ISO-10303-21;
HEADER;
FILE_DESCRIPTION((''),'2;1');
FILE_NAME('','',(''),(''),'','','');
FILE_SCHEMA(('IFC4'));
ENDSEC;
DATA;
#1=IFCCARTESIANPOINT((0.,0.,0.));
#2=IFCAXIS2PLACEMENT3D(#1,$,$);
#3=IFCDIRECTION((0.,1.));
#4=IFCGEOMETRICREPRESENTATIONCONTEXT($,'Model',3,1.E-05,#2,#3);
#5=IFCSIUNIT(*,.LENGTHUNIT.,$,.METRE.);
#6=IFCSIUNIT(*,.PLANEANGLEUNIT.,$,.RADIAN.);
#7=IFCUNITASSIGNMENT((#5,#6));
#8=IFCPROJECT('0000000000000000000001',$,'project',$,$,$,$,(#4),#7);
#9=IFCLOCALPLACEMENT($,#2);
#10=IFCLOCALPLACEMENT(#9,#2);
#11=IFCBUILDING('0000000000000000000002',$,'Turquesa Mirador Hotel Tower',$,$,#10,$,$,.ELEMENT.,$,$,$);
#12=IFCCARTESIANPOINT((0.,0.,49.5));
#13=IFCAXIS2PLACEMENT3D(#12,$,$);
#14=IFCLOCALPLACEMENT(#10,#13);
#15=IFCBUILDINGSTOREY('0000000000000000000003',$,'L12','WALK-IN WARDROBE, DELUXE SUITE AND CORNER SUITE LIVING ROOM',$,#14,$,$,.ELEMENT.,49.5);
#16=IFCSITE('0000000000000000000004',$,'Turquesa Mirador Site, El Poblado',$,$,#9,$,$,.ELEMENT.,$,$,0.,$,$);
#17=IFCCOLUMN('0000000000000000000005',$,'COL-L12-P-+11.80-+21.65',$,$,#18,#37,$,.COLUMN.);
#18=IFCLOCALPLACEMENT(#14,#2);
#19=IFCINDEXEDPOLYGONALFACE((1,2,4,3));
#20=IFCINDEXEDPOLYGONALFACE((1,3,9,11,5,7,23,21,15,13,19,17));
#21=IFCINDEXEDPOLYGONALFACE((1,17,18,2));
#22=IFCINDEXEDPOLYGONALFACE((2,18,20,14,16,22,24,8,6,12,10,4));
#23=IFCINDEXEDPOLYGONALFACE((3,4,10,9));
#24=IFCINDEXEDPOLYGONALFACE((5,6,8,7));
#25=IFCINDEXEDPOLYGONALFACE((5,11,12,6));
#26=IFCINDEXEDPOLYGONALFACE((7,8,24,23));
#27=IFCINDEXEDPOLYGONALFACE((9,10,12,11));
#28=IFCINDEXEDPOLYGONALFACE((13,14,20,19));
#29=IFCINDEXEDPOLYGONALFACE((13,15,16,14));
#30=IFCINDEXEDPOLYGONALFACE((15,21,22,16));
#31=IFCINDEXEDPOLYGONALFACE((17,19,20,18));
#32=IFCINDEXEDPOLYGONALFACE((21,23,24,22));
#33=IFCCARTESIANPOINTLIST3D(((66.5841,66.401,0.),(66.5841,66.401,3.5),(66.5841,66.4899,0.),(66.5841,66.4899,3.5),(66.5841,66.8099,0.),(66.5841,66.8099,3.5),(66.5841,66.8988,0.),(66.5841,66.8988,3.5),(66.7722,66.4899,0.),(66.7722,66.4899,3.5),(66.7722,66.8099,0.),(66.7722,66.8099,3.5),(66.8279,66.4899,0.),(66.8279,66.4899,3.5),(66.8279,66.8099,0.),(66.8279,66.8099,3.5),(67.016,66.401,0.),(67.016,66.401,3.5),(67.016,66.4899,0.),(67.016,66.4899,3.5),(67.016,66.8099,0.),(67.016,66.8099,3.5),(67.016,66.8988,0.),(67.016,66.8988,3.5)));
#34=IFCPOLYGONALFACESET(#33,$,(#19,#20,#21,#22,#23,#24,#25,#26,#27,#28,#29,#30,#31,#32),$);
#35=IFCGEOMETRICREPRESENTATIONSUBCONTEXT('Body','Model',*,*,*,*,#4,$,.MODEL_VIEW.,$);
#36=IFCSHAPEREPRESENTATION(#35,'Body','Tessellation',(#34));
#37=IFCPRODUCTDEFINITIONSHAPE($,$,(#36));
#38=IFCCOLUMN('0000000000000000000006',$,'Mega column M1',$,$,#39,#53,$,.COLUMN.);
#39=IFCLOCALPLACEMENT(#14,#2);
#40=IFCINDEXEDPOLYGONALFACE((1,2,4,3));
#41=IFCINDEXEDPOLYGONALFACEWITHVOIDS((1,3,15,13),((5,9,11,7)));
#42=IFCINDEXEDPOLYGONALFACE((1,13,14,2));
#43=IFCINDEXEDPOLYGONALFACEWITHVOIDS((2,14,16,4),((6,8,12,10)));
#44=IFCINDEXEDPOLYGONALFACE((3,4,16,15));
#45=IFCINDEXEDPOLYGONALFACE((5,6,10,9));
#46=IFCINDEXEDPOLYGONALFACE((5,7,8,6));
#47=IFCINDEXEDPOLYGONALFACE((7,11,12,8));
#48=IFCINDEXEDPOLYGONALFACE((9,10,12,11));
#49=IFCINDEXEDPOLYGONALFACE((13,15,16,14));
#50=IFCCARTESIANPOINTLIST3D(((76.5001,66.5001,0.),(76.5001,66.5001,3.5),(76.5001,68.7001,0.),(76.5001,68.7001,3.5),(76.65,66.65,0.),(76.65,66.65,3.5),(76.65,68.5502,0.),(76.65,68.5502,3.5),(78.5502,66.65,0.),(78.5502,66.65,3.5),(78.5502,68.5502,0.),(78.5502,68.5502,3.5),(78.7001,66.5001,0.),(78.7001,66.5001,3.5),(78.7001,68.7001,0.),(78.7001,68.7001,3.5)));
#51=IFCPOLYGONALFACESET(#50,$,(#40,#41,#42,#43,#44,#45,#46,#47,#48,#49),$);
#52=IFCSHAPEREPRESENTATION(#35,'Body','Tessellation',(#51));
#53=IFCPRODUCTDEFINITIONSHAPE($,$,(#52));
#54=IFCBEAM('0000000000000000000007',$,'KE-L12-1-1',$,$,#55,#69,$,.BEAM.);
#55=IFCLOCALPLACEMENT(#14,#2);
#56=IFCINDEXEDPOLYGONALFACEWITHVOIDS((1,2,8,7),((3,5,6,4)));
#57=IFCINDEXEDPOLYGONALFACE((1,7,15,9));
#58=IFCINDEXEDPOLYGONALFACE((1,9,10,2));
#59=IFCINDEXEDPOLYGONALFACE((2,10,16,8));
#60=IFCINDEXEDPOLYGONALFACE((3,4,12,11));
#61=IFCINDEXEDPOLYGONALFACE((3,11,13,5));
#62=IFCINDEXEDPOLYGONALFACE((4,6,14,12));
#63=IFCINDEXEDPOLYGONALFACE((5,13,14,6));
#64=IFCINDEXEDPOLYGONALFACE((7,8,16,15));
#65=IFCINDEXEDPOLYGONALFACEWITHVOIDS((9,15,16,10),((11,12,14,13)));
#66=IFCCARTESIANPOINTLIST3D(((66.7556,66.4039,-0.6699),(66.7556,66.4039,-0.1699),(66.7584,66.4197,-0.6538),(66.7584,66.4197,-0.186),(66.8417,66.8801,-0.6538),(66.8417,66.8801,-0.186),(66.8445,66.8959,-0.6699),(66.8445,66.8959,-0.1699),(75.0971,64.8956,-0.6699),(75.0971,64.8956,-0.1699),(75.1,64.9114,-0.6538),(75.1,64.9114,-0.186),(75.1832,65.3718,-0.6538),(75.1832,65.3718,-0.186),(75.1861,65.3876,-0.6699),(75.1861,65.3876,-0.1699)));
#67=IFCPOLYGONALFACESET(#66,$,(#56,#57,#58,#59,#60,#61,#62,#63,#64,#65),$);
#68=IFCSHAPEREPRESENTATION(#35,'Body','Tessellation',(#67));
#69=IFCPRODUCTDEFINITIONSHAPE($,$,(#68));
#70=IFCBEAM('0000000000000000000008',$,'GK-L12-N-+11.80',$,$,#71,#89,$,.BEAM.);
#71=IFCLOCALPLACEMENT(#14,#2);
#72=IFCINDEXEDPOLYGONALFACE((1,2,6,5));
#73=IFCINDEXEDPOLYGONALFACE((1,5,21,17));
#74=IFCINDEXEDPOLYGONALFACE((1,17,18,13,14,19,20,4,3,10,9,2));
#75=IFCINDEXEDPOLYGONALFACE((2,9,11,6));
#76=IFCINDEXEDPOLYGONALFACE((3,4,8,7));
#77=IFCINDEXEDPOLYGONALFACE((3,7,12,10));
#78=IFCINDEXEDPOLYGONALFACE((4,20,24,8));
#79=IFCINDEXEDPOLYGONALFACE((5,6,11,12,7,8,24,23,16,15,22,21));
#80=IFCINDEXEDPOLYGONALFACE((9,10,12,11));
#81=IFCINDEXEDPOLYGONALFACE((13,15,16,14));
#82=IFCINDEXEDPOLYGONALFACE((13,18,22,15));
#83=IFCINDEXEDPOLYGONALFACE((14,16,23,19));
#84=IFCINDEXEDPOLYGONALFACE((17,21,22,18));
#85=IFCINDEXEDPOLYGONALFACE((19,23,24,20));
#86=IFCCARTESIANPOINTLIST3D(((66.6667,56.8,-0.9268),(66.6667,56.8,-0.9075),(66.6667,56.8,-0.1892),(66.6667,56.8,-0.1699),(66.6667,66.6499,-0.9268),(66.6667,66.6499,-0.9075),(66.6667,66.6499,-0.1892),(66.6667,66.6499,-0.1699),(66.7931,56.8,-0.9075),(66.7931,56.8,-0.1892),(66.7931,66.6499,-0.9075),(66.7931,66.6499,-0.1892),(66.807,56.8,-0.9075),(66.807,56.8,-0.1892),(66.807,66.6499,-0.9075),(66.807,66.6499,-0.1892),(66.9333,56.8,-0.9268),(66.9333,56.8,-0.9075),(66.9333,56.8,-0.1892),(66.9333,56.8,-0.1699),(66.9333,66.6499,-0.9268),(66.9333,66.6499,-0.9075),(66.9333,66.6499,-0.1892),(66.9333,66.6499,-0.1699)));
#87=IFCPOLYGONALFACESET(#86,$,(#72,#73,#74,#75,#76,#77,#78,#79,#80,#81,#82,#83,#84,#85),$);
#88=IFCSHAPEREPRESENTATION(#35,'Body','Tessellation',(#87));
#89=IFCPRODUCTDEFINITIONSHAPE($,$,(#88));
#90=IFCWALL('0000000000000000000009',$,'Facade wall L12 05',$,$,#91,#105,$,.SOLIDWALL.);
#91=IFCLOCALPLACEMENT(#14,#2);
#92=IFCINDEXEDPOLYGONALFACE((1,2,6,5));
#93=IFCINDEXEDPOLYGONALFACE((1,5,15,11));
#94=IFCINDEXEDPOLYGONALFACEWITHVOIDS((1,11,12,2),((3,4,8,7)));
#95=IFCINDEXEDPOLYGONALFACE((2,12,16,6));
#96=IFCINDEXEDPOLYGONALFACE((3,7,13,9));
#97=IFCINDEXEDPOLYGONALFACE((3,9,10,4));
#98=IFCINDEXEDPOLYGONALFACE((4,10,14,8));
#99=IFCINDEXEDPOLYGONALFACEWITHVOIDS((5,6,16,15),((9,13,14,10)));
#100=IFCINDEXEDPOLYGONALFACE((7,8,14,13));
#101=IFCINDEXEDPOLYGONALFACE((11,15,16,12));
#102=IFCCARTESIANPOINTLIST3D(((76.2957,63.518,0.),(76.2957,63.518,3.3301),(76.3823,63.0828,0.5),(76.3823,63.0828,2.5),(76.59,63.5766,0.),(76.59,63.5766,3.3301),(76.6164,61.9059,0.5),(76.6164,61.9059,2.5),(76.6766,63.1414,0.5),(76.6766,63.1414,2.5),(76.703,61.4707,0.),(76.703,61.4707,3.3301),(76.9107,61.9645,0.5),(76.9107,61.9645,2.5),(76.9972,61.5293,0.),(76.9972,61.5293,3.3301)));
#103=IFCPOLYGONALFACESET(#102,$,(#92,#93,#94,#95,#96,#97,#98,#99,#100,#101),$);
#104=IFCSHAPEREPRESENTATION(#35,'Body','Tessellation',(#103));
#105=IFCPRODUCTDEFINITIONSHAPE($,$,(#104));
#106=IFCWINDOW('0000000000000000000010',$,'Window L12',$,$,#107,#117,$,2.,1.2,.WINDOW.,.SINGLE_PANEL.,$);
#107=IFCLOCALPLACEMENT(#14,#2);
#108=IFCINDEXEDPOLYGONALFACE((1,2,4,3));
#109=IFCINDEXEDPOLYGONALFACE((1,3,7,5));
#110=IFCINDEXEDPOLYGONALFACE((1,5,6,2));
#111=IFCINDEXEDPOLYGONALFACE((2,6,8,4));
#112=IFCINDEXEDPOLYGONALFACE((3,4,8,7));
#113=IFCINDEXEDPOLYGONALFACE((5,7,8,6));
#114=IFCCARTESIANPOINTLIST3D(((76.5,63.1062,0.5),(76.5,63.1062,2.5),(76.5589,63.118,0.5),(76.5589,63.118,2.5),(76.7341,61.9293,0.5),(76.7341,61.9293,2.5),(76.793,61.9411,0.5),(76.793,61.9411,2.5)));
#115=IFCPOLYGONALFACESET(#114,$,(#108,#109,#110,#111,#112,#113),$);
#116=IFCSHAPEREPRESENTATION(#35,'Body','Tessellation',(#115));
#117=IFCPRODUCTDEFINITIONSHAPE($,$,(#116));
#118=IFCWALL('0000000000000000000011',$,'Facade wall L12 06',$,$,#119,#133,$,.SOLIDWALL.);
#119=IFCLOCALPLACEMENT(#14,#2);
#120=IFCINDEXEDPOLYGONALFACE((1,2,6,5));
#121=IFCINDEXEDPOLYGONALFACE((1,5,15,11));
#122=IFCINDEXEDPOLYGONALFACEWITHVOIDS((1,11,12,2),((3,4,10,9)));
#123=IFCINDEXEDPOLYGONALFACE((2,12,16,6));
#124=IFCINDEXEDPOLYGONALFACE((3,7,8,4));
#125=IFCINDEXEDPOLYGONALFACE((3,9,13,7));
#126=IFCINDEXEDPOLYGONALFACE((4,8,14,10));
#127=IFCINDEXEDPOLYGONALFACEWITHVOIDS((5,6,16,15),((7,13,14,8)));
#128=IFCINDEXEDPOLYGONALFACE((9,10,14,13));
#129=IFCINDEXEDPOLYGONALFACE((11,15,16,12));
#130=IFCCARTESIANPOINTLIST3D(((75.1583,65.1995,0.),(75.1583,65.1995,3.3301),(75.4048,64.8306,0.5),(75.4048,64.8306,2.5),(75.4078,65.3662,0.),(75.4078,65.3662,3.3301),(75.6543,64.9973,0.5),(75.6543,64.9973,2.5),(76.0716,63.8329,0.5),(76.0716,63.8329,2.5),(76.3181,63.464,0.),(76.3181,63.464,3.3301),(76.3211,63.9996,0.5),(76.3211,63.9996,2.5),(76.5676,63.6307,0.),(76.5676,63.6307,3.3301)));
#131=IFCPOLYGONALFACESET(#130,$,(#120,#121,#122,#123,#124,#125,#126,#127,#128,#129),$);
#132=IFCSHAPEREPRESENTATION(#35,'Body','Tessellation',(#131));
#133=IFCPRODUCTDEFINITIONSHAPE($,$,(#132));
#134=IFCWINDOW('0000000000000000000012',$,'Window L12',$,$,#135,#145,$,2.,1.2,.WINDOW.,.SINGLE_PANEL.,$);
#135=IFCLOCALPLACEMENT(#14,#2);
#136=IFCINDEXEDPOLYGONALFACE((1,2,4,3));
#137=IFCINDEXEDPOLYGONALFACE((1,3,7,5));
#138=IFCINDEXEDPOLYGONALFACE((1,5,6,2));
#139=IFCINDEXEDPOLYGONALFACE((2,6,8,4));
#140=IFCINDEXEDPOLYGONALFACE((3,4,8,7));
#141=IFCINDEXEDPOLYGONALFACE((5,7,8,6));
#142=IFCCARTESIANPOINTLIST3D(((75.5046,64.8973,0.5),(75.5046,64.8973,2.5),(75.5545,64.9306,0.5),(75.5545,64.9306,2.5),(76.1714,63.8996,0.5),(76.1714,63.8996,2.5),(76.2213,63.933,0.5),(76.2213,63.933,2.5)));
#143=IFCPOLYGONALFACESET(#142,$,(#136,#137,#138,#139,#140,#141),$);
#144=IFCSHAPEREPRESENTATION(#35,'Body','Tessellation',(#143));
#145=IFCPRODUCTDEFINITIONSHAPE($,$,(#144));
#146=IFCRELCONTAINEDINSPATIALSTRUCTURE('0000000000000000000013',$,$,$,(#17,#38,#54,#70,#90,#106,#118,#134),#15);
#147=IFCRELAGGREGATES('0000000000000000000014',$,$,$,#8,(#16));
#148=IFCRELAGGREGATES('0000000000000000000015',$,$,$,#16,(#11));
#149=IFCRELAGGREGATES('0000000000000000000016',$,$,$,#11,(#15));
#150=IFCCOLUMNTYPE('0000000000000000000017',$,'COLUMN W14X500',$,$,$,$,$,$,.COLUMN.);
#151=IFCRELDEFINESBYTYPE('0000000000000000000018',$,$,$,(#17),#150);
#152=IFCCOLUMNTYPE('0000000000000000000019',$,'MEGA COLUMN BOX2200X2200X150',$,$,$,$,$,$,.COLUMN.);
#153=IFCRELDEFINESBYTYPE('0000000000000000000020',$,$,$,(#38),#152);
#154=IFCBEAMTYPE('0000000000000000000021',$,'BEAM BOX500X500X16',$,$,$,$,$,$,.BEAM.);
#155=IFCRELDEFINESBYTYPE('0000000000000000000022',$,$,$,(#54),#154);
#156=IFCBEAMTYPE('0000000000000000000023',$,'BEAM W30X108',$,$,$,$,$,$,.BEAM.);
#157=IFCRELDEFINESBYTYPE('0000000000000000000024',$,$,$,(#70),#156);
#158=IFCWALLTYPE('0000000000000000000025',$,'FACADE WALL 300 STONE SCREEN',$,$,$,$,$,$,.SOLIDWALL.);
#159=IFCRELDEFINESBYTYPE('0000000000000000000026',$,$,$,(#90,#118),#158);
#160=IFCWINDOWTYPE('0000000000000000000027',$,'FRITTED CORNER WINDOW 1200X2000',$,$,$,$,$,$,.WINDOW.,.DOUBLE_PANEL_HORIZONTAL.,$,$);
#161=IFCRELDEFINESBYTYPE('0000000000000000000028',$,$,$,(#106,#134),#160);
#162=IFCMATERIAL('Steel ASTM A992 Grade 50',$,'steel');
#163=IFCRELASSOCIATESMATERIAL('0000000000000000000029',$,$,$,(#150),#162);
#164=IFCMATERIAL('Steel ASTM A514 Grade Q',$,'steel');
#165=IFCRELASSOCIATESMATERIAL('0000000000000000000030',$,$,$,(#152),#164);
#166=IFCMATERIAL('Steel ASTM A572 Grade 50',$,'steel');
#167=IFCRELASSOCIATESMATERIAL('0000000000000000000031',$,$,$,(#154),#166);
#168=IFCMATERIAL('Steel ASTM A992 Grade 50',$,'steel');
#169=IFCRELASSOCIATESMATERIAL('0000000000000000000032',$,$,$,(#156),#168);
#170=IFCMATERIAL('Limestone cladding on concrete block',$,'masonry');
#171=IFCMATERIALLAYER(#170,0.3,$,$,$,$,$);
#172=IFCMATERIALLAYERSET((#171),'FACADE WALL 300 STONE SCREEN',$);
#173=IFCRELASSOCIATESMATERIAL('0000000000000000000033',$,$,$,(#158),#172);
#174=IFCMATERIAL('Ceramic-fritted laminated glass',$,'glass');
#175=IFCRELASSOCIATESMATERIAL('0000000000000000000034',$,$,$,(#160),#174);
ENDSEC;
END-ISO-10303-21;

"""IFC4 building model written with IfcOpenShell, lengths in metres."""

from ifc_helpers import new_model, si_unit, direction, frame, frame_2d, origin, origin_2d, place, context, subcontext, project, spatial, rectangle, hollow_rectangle, i_section, extrude, material, layer, layer_set, material_profile, profile_set, type_object, element, fill, save


model = new_model("IFC4")

# Units and contexts
model_context = context("Model", 3, precision=1e-05, world=origin(), true_north=direction((0.0, 1.0)))
body_context = subcontext(model_context, "Body", "Model", "MODEL_VIEW")
ifc_project = project(units=[si_unit("LENGTHUNIT", "METRE"), si_unit("PLANEANGLEUNIT", "RADIAN")], contexts=[model_context])

# Site, building, storey
site_placement = place(None, origin())
site = spatial("IfcSite", under=ifc_project, at=site_placement, Name="Turquesa Mirador Site, El Poblado", CompositionType="ELEMENT", RefElevation=0.0)
building_placement = place(site_placement, origin())
building = spatial("IfcBuilding", under=site, at=building_placement, Name="Turquesa Mirador Hotel Tower", CompositionType="ELEMENT")
storey_placement = place(building_placement, frame((0.0, 0.0, 49.5)))
storey = spatial("IfcBuildingStorey", under=building, at=storey_placement, Name="L12", Description="WALK-IN WARDROBE, DELUXE SUITE AND CORNER SUITE LIVING ROOM", CompositionType="ELEMENT", Elevation=49.5)

# Columns
ifc_material_1 = material(Name="Steel ASTM A992 Grade 50", Category="steel")
ifc_material_profile_1 = material_profile(ifc_material_1, i_section(OverallWidth=0.4319, OverallDepth=0.4978, WebThickness=0.0557, FlangeThickness=0.0889, at=origin_2d()), Name="W14X500")
ifc_profile_set_1 = profile_set([ifc_material_profile_1], Name="Steel ASTM A992 Grade 50")
column_type_1 = type_object("IfcColumnType", Name="COLUMN W14X500", PredefinedType="COLUMN", material=ifc_profile_set_1)
column_1_placement = place(storey_placement, frame((66.8, 66.6499, 0.0), z_axis=(0.0, 0.0, 1.0), x_axis=(1.0, 0.0, 0.0)))
element("IfcColumn", 1, at=column_1_placement, inside=storey, type_object=column_type_1, Name="COL-L12-P-+11.80-+21.65", PredefinedType="COLUMN", context=body_context, shape_type="SweptSolid", body=[
    extrude(i_section(OverallWidth=0.4319, OverallDepth=0.4978, WebThickness=0.0557, FlangeThickness=0.0889, at=origin_2d()), origin(), (0.0, 0.0, 1.0), 3.5),
])
ifc_material_2 = material(Name="Steel ASTM A514 Grade Q", Category="steel")
ifc_material_profile_2 = material_profile(ifc_material_2, hollow_rectangle(XDim=2.2, YDim=2.2, WallThickness=0.1499, at=origin_2d()), Name="BOX2200X2200X150")
ifc_profile_set_2 = profile_set([ifc_material_profile_2], Name="Steel ASTM A514 Grade Q")
column_type_2 = type_object("IfcColumnType", Name="MEGA COLUMN BOX2200X2200X150", PredefinedType="COLUMN", material=ifc_profile_set_2)
column_2_placement = place(storey_placement, frame((77.6001, 67.6001, 0.0), z_axis=(0.0, 0.0, 1.0), x_axis=(1.0, 0.0, 0.0)))
element("IfcColumn", 2, at=column_2_placement, inside=storey, type_object=column_type_2, Name="Mega column M1", PredefinedType="COLUMN", context=body_context, shape_type="SweptSolid", body=[
    extrude(hollow_rectangle(XDim=2.2, YDim=2.2, WallThickness=0.1499, at=origin_2d()), origin(), (0.0, 0.0, 1.0), 3.5),
])

# Beams
ifc_material_3 = material(Name="Steel ASTM A572 Grade 50", Category="steel")
ifc_material_profile_3 = material_profile(ifc_material_3, hollow_rectangle(XDim=0.5, YDim=0.5, WallThickness=0.0161, at=origin_2d()), Name="BOX500X500X16")
ifc_profile_set_3 = profile_set([ifc_material_profile_3], Name="Steel ASTM A572 Grade 50")
beam_type_1 = type_object("IfcBeamType", Name="BEAM BOX500X500X16", PredefinedType="BEAM", material=ifc_profile_set_3)
beam_1_placement = place(storey_placement, frame((75.1416, 65.1416, -0.4199), z_axis=(-0.984043, 0.177932, 0.0), x_axis=(-0.177932, -0.984043, 0.0)))
element("IfcBeam", 3, at=beam_1_placement, inside=storey, type_object=beam_type_1, Name="KE-L12-1-1", PredefinedType="BEAM", context=body_context, shape_type="SweptSolid", body=[
    extrude(hollow_rectangle(XDim=0.5, YDim=0.5, WallThickness=0.0161, at=origin_2d()), origin(), (0.0, 0.0, 1.0), 8.4768),
])
ifc_material_4 = material(Name="Steel ASTM A992 Grade 50", Category="steel")
ifc_material_profile_4 = material_profile(ifc_material_4, i_section(OverallWidth=0.2666, OverallDepth=0.7568, WebThickness=0.0139, FlangeThickness=0.0193, at=origin_2d()), Name="W30X108")
ifc_profile_set_4 = profile_set([ifc_material_profile_4], Name="Steel ASTM A992 Grade 50")
beam_type_2 = type_object("IfcBeamType", Name="BEAM W30X108", PredefinedType="BEAM", material=ifc_profile_set_4)
beam_2_placement = place(storey_placement, frame((66.8, 66.6499, -0.5483), z_axis=(0.0, -1.0, 0.0), x_axis=(1.0, 0.0, 0.0)))
element("IfcBeam", 4, at=beam_2_placement, inside=storey, type_object=beam_type_2, Name="GK-L12-N-+11.80", PredefinedType="BEAM", context=body_context, shape_type="SweptSolid", body=[
    extrude(i_section(OverallWidth=0.2666, OverallDepth=0.7568, WebThickness=0.0139, FlangeThickness=0.0193, at=origin_2d()), origin(), (0.0, 0.0, 1.0), 9.8499),
])

# Walls, openings, windows
ifc_material_5 = material(Name="Limestone cladding on concrete block", Category="masonry")
ifc_layer_1 = layer(ifc_material_5, 0.3)
ifc_layer_set_1 = layer_set([ifc_layer_1], Name="FACADE WALL 300 STONE SCREEN")
wall_type_1 = type_object("IfcWallType", Name="FACADE WALL 300 STONE SCREEN", PredefinedType="SOLIDWALL", material=ifc_layer_set_1)
wall_1_placement = place(storey_placement, frame((76.8501, 61.5, 0.0), z_axis=(0.0, 0.0, 1.0), x_axis=(-0.195081, 0.980787, 0.0)))
wall_1 = element("IfcWall", 5, at=wall_1_placement, inside=storey, type_object=wall_type_1, Name="Facade wall L12 05", PredefinedType="SOLIDWALL", context=body_context, shape_type="SweptSolid", body=[
    extrude(rectangle(XDim=2.0874, YDim=0.3, at=frame_2d((1.0437, 0.0))), origin(), (0.0, 0.0, 1.0), 3.3301),
])
opening_1_placement = place(wall_1_placement, frame((0.4436, 0.0, 0.5)))
opening_1 = element("IfcOpeningElement", 6, at=opening_1_placement, cuts=wall_1, PredefinedType="OPENING", context=body_context, shape_type="SweptSolid", body=[
    extrude(rectangle(XDim=1.2, YDim=2.0, at=frame_2d((0.6001, 1.0))), frame((0.0, 0.1599, 0.0), z_axis=(0.0, -1.0, 0.0), x_axis=(1.0, 0.0, 0.0)), (0.0, 0.0, 1.0), 0.3201),
])
ifc_material_6 = material(Name="Ceramic-fritted laminated glass", Category="glass")
window_type_1 = type_object("IfcWindowType", Name="FRITTED CORNER WINDOW 1200X2000", PartitioningType="DOUBLE_PANEL_HORIZONTAL", PredefinedType="WINDOW", material=ifc_material_6)
window_1_placement = place(opening_1_placement, origin())
window_1 = element("IfcWindow", 7, at=window_1_placement, inside=storey, type_object=window_type_1, Name="Window L12", OverallHeight=2.0, OverallWidth=1.2, PartitioningType="SINGLE_PANEL", PredefinedType="WINDOW", context=body_context, shape_type="SweptSolid", body=[
    extrude(rectangle(XDim=1.2, YDim=2.0, at=frame_2d((0.6001, 1.0))), frame((0.0, 0.03, 0.0), z_axis=(0.0, -1.0, 0.0), x_axis=(1.0, 0.0, 0.0)), (0.0, 0.0, 1.0), 0.0601),
])
fill(opening_1, window_1)
wall_2_placement = place(storey_placement, frame((76.4429, 63.5474, 0.0), z_axis=(0.0, 0.0, 1.0), x_axis=(-0.555644, 0.83142, 0.0)))
wall_2 = element("IfcWall", 8, at=wall_2_placement, inside=storey, type_object=wall_type_1, Name="Facade wall L12 06", PredefinedType="SOLIDWALL", context=body_context, shape_type="SweptSolid", body=[
    extrude(rectangle(XDim=2.0874, YDim=0.3, at=frame_2d((1.0437, 0.0))), origin(), (0.0, 0.0, 1.0), 3.3301),
])
opening_2_placement = place(wall_2_placement, frame((0.4436, 0.0, 0.5)))
opening_2 = element("IfcOpeningElement", 9, at=opening_2_placement, cuts=wall_2, PredefinedType="OPENING", context=body_context, shape_type="SweptSolid", body=[
    extrude(rectangle(XDim=1.2, YDim=2.0, at=frame_2d((0.6001, 1.0))), frame((0.0, 0.1599, 0.0), z_axis=(0.0, -1.0, 0.0), x_axis=(1.0, 0.0, 0.0)), (0.0, 0.0, 1.0), 0.3201),
])
window_2_placement = place(opening_2_placement, origin())
window_2 = element("IfcWindow", 10, at=window_2_placement, inside=storey, type_object=window_type_1, Name="Window L12", OverallHeight=2.0, OverallWidth=1.2, PartitioningType="SINGLE_PANEL", PredefinedType="WINDOW", context=body_context, shape_type="SweptSolid", body=[
    extrude(rectangle(XDim=1.2, YDim=2.0, at=frame_2d((0.6001, 1.0))), frame((0.0, 0.03, 0.0), z_axis=(0.0, -1.0, 0.0), x_axis=(1.0, 0.0, 0.0)), (0.0, 0.0, 1.0), 0.0601),
])
fill(opening_2, window_2)

save(model, "model.ifc")
